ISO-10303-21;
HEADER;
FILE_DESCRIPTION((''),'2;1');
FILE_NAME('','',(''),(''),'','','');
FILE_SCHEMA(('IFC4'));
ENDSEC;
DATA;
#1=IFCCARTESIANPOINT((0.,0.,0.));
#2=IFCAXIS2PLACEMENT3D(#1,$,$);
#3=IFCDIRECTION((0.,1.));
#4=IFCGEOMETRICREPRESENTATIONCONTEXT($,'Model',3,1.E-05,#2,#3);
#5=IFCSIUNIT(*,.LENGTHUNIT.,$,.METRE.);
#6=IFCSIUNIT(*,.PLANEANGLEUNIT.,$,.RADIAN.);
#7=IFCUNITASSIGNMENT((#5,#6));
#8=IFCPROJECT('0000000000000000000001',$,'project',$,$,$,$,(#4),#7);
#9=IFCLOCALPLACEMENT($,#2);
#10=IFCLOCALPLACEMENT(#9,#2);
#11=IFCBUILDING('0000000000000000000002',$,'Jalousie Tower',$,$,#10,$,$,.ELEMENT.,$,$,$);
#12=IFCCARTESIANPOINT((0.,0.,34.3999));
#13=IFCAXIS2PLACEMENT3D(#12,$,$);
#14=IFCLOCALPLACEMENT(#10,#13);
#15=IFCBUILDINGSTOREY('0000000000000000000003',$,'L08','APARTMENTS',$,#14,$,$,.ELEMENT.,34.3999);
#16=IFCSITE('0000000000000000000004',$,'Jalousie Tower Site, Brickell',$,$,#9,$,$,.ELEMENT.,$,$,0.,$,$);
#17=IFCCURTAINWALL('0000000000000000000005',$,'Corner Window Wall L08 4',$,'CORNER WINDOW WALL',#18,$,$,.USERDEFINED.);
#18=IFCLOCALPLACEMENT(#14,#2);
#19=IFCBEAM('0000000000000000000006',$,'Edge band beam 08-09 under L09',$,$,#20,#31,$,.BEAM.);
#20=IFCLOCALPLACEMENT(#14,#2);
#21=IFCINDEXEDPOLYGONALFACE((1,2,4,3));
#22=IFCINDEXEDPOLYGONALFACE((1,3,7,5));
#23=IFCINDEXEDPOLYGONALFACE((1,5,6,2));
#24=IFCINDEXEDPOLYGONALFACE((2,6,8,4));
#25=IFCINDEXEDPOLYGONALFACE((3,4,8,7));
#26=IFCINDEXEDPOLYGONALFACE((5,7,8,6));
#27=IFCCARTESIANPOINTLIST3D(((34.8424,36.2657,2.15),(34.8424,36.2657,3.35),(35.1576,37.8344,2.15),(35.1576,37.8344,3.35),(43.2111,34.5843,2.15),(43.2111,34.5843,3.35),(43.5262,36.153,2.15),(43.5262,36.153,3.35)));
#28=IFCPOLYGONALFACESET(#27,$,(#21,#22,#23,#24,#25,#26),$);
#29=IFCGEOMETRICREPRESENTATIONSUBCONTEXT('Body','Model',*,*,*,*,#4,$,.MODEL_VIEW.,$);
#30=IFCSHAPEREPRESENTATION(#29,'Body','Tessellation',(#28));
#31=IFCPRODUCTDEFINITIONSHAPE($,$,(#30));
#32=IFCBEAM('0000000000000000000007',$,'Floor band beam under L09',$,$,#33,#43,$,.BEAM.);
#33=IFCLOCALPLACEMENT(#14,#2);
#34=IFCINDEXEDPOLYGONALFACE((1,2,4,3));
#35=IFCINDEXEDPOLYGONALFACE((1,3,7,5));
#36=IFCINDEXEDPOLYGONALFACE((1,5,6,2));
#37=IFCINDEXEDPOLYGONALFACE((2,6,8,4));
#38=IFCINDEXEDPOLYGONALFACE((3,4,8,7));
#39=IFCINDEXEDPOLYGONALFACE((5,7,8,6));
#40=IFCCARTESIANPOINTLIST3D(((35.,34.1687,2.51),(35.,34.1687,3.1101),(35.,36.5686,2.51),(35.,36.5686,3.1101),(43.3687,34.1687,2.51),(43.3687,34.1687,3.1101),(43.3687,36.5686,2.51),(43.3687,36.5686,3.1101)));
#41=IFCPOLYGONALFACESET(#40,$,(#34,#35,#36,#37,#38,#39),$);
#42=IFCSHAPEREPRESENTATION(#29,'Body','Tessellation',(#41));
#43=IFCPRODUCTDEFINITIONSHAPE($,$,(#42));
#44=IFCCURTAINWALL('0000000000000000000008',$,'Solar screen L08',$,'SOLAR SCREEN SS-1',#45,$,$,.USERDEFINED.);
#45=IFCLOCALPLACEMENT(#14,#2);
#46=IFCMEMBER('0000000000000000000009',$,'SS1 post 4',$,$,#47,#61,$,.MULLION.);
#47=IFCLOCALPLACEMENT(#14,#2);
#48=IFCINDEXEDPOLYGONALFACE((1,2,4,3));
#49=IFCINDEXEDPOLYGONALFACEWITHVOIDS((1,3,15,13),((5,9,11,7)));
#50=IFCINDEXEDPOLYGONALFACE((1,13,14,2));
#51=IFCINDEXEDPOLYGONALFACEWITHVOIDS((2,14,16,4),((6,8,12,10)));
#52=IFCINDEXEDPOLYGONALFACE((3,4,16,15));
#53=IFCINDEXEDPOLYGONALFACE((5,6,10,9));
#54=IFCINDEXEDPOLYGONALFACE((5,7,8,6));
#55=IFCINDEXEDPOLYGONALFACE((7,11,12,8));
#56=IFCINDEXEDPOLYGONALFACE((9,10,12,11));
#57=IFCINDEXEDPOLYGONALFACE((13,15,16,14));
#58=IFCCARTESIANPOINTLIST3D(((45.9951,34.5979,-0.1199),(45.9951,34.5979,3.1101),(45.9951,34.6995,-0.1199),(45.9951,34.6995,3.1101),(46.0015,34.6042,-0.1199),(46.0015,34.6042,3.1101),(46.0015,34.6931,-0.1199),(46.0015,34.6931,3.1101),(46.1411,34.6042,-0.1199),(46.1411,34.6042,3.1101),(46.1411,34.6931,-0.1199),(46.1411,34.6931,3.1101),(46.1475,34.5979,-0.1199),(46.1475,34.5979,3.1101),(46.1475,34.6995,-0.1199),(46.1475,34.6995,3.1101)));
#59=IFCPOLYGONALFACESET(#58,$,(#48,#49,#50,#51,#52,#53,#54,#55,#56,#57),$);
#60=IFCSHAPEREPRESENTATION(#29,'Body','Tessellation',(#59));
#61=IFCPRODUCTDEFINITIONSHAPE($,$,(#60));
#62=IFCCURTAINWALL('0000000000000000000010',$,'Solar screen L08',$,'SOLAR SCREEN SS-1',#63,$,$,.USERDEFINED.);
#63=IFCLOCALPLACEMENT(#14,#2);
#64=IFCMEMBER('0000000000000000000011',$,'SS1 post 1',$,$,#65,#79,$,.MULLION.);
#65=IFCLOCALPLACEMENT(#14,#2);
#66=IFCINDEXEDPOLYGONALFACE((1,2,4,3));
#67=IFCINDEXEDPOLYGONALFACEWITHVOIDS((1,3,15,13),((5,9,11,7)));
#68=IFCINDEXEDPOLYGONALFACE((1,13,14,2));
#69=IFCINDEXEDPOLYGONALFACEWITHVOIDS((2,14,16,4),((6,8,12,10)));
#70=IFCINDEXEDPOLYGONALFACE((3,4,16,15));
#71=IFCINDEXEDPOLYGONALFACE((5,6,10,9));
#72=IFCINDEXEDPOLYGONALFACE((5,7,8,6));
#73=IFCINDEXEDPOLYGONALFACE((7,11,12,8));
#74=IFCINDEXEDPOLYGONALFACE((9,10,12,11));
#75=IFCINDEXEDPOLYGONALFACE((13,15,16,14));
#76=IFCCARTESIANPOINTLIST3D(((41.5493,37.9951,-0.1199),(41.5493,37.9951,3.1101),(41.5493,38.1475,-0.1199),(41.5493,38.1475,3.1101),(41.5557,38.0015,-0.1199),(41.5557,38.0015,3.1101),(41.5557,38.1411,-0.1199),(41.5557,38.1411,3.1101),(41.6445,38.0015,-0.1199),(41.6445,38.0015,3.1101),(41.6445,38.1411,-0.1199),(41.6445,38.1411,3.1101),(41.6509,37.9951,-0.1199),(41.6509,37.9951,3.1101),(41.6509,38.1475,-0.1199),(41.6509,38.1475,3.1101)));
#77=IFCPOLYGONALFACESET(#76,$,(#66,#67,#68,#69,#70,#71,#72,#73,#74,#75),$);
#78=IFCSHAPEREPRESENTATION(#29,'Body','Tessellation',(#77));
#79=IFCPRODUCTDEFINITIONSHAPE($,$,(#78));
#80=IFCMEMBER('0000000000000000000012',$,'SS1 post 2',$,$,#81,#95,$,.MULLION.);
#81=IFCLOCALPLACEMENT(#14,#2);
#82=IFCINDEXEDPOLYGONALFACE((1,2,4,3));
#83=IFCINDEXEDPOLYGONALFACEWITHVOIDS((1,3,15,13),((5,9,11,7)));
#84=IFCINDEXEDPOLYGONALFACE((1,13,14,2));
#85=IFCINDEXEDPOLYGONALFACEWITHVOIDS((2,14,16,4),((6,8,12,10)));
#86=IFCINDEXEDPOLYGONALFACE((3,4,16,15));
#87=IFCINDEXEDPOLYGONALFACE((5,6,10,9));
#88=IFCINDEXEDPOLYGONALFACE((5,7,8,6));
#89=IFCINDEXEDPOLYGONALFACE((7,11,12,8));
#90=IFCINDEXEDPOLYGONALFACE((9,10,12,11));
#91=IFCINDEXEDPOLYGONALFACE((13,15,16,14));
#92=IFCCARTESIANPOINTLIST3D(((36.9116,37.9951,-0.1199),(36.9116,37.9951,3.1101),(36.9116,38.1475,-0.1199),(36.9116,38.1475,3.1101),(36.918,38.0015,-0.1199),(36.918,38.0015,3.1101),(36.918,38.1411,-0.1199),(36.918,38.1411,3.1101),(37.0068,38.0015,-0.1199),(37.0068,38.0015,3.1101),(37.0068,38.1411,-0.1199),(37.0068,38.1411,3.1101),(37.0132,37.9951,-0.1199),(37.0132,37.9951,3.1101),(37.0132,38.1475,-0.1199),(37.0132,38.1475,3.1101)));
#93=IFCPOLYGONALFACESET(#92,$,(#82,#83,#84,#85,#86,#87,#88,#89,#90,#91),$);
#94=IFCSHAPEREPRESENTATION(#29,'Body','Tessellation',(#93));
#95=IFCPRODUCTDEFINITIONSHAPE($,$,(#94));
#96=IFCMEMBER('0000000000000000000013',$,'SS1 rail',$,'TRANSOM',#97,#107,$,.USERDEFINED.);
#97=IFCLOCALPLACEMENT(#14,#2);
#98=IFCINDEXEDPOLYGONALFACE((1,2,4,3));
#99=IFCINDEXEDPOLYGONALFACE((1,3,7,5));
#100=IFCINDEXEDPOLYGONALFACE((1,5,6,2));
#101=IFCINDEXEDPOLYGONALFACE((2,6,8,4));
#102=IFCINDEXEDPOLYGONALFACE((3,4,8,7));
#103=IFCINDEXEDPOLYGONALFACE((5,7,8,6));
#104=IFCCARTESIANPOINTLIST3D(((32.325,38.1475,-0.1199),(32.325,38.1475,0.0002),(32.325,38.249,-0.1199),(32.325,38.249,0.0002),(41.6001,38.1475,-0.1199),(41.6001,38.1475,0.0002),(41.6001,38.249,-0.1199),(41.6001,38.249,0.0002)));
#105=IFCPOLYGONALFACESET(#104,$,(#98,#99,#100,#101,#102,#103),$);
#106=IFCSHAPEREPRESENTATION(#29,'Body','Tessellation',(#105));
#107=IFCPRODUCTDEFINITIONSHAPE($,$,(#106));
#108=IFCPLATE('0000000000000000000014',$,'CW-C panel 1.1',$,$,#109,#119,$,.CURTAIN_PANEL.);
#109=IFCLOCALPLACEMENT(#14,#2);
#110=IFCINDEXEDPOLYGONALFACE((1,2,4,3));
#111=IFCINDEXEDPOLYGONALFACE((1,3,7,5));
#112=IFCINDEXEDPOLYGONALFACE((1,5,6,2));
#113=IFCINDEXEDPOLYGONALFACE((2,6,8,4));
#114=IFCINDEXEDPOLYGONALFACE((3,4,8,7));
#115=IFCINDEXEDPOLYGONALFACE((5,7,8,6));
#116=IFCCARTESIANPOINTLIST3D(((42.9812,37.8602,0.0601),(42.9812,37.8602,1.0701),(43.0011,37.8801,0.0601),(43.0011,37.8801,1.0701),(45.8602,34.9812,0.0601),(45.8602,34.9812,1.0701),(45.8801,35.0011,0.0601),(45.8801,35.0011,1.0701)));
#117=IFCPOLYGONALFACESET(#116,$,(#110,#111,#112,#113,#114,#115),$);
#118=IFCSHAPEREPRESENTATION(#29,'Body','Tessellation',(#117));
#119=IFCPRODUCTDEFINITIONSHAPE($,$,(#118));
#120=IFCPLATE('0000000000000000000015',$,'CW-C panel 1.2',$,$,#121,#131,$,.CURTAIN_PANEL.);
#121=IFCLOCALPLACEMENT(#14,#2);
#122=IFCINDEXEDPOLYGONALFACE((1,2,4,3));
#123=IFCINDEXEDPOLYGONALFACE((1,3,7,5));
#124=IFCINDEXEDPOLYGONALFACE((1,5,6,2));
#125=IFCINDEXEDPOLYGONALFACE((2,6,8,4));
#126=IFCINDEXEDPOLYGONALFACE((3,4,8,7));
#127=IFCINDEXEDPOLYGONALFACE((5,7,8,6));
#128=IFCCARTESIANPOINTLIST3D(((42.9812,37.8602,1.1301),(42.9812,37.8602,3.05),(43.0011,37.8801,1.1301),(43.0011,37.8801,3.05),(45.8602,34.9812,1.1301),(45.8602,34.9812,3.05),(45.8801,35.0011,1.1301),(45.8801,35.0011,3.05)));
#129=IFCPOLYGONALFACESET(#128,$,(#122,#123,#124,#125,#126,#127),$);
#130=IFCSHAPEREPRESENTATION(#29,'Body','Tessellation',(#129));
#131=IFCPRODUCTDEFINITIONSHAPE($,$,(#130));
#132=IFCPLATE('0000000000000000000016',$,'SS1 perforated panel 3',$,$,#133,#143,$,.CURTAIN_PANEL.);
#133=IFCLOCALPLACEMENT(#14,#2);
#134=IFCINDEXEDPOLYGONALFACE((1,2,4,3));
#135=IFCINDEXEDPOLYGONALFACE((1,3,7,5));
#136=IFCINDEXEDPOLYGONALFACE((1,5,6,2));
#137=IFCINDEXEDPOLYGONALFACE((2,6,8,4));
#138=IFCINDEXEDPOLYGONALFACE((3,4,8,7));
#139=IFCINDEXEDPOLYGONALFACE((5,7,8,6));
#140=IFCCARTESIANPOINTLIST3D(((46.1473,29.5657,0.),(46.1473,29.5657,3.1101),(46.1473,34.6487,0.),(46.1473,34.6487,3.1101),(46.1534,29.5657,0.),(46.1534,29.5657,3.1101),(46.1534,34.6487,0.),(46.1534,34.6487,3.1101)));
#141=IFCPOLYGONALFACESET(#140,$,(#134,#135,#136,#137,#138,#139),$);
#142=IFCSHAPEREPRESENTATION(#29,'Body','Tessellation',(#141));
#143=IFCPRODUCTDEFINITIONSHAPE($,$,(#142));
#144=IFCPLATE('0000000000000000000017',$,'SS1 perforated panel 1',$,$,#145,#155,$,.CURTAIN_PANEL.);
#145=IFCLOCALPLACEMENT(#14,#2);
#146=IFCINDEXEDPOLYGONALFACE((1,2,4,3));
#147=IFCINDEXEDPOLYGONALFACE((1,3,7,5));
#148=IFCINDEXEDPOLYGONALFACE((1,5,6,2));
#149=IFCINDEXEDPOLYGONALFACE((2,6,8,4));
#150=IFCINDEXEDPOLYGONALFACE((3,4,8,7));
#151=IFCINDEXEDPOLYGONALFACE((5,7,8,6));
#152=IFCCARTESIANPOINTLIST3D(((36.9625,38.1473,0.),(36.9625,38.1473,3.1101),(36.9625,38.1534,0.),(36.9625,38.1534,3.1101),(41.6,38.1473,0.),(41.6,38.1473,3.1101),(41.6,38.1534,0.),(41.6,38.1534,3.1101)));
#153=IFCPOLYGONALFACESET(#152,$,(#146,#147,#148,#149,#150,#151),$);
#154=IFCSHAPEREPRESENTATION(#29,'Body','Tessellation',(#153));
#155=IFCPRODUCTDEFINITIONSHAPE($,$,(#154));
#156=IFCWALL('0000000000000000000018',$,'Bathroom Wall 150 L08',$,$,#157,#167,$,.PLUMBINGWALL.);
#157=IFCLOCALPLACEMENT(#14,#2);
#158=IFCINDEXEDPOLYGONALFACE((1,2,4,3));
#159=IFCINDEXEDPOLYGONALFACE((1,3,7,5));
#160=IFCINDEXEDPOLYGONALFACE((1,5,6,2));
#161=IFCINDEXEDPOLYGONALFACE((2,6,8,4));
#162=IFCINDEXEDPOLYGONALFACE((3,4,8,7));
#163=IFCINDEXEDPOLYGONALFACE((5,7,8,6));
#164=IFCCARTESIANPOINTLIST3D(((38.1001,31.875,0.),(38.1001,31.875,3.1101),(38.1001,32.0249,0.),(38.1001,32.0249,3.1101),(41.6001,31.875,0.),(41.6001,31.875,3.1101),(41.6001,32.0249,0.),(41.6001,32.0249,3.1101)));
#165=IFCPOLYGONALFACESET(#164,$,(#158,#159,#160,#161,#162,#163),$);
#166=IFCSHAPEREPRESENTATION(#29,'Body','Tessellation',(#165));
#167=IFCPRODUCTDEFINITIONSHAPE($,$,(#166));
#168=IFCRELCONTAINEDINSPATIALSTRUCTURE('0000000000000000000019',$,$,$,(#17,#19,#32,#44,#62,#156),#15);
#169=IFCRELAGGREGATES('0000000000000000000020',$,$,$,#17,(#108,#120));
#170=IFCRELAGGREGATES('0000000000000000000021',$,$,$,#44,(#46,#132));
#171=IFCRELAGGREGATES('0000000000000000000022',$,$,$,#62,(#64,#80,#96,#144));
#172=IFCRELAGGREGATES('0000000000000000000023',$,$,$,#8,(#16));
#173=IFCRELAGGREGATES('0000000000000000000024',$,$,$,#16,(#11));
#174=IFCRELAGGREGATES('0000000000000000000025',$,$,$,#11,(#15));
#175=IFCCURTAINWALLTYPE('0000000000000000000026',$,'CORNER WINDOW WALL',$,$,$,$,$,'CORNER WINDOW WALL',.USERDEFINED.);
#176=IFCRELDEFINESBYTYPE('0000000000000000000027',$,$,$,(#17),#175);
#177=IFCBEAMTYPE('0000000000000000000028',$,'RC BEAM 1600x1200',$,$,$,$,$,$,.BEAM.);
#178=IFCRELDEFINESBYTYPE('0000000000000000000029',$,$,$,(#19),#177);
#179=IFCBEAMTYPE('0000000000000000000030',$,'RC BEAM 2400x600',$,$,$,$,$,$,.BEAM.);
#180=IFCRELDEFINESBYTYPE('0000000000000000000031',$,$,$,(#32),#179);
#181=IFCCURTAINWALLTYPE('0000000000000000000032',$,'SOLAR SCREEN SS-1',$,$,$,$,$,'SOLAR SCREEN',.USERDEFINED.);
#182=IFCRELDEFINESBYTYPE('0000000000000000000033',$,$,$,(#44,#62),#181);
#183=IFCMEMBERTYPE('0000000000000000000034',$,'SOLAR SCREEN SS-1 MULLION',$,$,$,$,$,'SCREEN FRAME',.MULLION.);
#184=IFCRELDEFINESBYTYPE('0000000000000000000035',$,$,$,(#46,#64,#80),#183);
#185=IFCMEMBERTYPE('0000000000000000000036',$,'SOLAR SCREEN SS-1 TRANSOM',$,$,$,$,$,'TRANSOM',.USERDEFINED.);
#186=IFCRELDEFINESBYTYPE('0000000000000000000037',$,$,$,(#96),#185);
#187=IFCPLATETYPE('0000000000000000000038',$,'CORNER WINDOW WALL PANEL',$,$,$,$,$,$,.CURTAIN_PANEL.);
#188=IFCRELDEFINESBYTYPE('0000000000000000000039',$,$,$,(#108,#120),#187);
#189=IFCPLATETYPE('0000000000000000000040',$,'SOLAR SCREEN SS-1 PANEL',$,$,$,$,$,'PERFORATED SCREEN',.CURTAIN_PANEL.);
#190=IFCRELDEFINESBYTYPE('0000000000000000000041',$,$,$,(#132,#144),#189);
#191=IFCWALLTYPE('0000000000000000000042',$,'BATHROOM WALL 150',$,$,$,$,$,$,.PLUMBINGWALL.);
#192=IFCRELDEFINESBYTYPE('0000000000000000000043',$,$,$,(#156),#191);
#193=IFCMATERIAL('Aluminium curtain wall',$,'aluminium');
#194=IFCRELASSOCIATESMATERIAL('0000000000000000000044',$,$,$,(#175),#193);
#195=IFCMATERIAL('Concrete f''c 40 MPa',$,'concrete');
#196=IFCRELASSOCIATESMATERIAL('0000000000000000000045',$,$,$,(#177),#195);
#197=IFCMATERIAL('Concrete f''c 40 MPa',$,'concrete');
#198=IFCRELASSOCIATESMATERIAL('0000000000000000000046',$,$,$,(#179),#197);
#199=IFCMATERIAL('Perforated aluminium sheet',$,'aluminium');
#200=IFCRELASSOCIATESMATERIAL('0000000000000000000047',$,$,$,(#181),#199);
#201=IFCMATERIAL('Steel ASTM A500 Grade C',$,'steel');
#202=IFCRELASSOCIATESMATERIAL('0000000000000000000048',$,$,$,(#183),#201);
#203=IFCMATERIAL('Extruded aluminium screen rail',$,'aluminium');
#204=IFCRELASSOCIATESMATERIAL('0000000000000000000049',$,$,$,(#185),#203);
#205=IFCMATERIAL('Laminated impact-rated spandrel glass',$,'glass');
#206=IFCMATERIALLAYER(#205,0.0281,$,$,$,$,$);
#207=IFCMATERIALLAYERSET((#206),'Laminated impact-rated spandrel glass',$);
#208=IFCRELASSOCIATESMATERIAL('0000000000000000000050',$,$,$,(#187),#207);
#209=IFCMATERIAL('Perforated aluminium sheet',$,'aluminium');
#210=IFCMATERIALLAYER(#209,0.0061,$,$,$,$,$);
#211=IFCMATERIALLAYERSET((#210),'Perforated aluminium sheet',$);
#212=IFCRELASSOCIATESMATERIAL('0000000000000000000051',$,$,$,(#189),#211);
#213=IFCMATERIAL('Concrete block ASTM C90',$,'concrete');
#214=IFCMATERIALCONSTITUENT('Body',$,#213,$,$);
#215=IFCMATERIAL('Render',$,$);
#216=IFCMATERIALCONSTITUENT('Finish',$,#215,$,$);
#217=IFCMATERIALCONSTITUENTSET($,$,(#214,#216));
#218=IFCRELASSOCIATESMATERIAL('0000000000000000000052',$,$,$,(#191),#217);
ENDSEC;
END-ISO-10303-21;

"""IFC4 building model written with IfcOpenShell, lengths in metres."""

from ifc_helpers import new_model, si_unit, direction, frame, frame_2d, origin, origin_2d, place, context, subcontext, project, spatial, rectangle, hollow_rectangle, extrude, material, layer, layer_set, constituent, constituent_set, material_profile, profile_set, type_object, element, aggregate, save


model = new_model("IFC4")

# Units and contexts
model_context = context("Model", 3, precision=1e-05, world=origin(), true_north=direction((0.0, 1.0)))
body_context = subcontext(model_context, "Body", "Model", "MODEL_VIEW")
ifc_project = project(units=[si_unit("LENGTHUNIT", "METRE"), si_unit("PLANEANGLEUNIT", "RADIAN")], contexts=[model_context])

# Site, building, storey
site_placement = place(None, origin())
site = spatial("IfcSite", under=ifc_project, at=site_placement, Name="Jalousie Tower Site, Brickell", CompositionType="ELEMENT", RefElevation=0.0)
building_placement = place(site_placement, origin())
building = spatial("IfcBuilding", under=site, at=building_placement, Name="Jalousie Tower", CompositionType="ELEMENT")
storey_placement = place(building_placement, frame((0.0, 0.0, 34.3999)))
storey = spatial("IfcBuildingStorey", under=building, at=storey_placement, Name="L08", Description="APARTMENTS", CompositionType="ELEMENT", Elevation=34.3999)

# Curtain wall
ifc_material_1 = material(Name="Aluminium curtain wall", Category="aluminium")
curtain_wall_type_1 = type_object("IfcCurtainWallType", Name="CORNER WINDOW WALL", ElementType="CORNER WINDOW WALL", PredefinedType="USERDEFINED", material=ifc_material_1)
curtain_wall_1_placement = place(storey_placement, origin())
curtain_wall_1 = element("IfcCurtainWall", 1, at=curtain_wall_1_placement, inside=storey, type_object=curtain_wall_type_1, Name="Corner Window Wall L08 4", ObjectType="CORNER WINDOW WALL", PredefinedType="USERDEFINED")

# Beams
ifc_material_2 = material(Name="Concrete f'c 40 MPa", Category="concrete")
ifc_material_profile_1 = material_profile(ifc_material_2, rectangle(XDim=1.6001, YDim=1.2, at=origin_2d()), Name="RC 1600x1200")
ifc_profile_set_1 = profile_set([ifc_material_profile_1], Name="Concrete f'c 40 MPa")
beam_type_1 = type_object("IfcBeamType", Name="RC BEAM 1600x1200", PredefinedType="BEAM", material=ifc_profile_set_1)
beam_1_placement = place(storey_placement, frame((43.3687, 35.3687, 2.75), z_axis=(-0.980408, 0.19698, 0.0), x_axis=(-0.19698, -0.980408, 0.0)))
element("IfcBeam", 2, at=beam_1_placement, inside=storey, type_object=beam_type_1, Name="Edge band beam 08-09 under L09", PredefinedType="BEAM", context=body_context, shape_type="SweptSolid", body=[
    extrude(rectangle(XDim=1.6001, YDim=1.2, at=origin_2d()), origin(), (0.0, 0.0, 1.0), 8.5359),
])
ifc_material_3 = material(Name="Concrete f'c 40 MPa", Category="concrete")
ifc_material_profile_2 = material_profile(ifc_material_3, rectangle(XDim=2.3999, YDim=0.6001, at=origin_2d()), Name="RC 2400x600")
ifc_profile_set_2 = profile_set([ifc_material_profile_2], Name="Concrete f'c 40 MPa")
beam_type_2 = type_object("IfcBeamType", Name="RC BEAM 2400x600", PredefinedType="BEAM", material=ifc_profile_set_2)
beam_2_placement = place(storey_placement, frame((43.3687, 35.3687, 2.8101), z_axis=(-1.0, 0.0, 0.0), x_axis=(0.0, -1.0, 0.0)))
element("IfcBeam", 3, at=beam_2_placement, inside=storey, type_object=beam_type_2, Name="Floor band beam under L09", PredefinedType="BEAM", context=body_context, shape_type="SweptSolid", body=[
    extrude(rectangle(XDim=2.3999, YDim=0.6001, at=origin_2d()), origin(), (0.0, 0.0, 1.0), 8.3687),
])

# Curtain wall, member
ifc_material_4 = material(Name="Perforated aluminium sheet", Category="aluminium")
curtain_wall_type_2 = type_object("IfcCurtainWallType", Name="SOLAR SCREEN SS-1", ElementType="SOLAR SCREEN", PredefinedType="USERDEFINED", material=ifc_material_4)
curtain_wall_2_placement = place(storey_placement, origin())
curtain_wall_2 = element("IfcCurtainWall", 4, at=curtain_wall_2_placement, inside=storey, type_object=curtain_wall_type_2, Name="Solar screen L08", ObjectType="SOLAR SCREEN SS-1", PredefinedType="USERDEFINED")
ifc_material_5 = material(Name="Steel ASTM A500 Grade C", Category="steel")
ifc_material_profile_3 = material_profile(ifc_material_5, hollow_rectangle(XDim=0.1016, YDim=0.1523, WallThickness=0.0063, at=origin_2d()), Name="HSS6X4X1/4")
ifc_profile_set_3 = profile_set([ifc_material_profile_3], Name="Steel ASTM A500 Grade C")
member_type_1 = type_object("IfcMemberType", Name="SOLAR SCREEN SS-1 MULLION", ElementType="SCREEN FRAME", PredefinedType="MULLION", material=ifc_profile_set_3)
member_1_placement = place(storey_placement, frame((46.0713, 34.6487, -0.1199), z_axis=(0.0, 0.0, 1.0), x_axis=(0.0, 1.0, 0.0)))
member_1 = element("IfcMember", 5, at=member_1_placement, type_object=member_type_1, Name="SS1 post 4", PredefinedType="MULLION", context=body_context, shape_type="SweptSolid", body=[
    extrude(hollow_rectangle(XDim=0.1016, YDim=0.1523, WallThickness=0.0063, at=origin_2d()), origin(), (0.0, 0.0, 1.0), 3.23),
])

# Curtain wall, members
curtain_wall_3_placement = place(storey_placement, origin())
curtain_wall_3 = element("IfcCurtainWall", 6, at=curtain_wall_3_placement, inside=storey, type_object=curtain_wall_type_2, Name="Solar screen L08", ObjectType="SOLAR SCREEN SS-1", PredefinedType="USERDEFINED")
member_2_placement = place(storey_placement, frame((41.6001, 38.0713, -0.1199), z_axis=(0.0, 0.0, 1.0), x_axis=(-1.0, 0.0, 0.0)))
member_2 = element("IfcMember", 7, at=member_2_placement, type_object=member_type_1, Name="SS1 post 1", PredefinedType="MULLION", context=body_context, shape_type="SweptSolid", body=[
    extrude(hollow_rectangle(XDim=0.1016, YDim=0.1523, WallThickness=0.0063, at=origin_2d()), origin(), (0.0, 0.0, 1.0), 3.23),
])
member_3_placement = place(storey_placement, frame((36.9624, 38.0713, -0.1199), z_axis=(0.0, 0.0, 1.0), x_axis=(-1.0, 0.0, 0.0)))
member_3 = element("IfcMember", 8, at=member_3_placement, type_object=member_type_1, Name="SS1 post 2", PredefinedType="MULLION", context=body_context, shape_type="SweptSolid", body=[
    extrude(hollow_rectangle(XDim=0.1016, YDim=0.1523, WallThickness=0.0063, at=origin_2d()), origin(), (0.0, 0.0, 1.0), 3.23),
])
ifc_material_6 = material(Name="Extruded aluminium screen rail", Category="aluminium")
ifc_material_profile_4 = material_profile(ifc_material_6, rectangle(XDim=0.1016, YDim=0.1201, at=origin_2d()), Name="RAIL 102x120")
ifc_profile_set_4 = profile_set([ifc_material_profile_4], Name="Extruded aluminium screen rail")
member_type_2 = type_object("IfcMemberType", Name="SOLAR SCREEN SS-1 TRANSOM", ElementType="TRANSOM", PredefinedType="USERDEFINED", material=ifc_profile_set_4)
member_4_placement = place(storey_placement, frame((41.6001, 38.1982, -0.0598), z_axis=(-1.0, 0.0, 0.0), x_axis=(0.0, -1.0, 0.0)))
member_4 = element("IfcMember", 9, at=member_4_placement, type_object=member_type_2, Name="SS1 rail", ObjectType="TRANSOM", PredefinedType="USERDEFINED", context=body_context, shape_type="SweptSolid", body=[
    extrude(rectangle(XDim=0.1016, YDim=0.1201, at=origin_2d()), origin(), (0.0, 0.0, 1.0), 9.2751),
])

# Plates
ifc_material_7 = material(Name="Laminated impact-rated spandrel glass", Category="glass")
ifc_layer_1 = layer(ifc_material_7, 0.0281)
ifc_layer_set_1 = layer_set([ifc_layer_1], Name="Laminated impact-rated spandrel glass")
plate_type_1 = type_object("IfcPlateType", Name="CORNER WINDOW WALL PANEL", PredefinedType="CURTAIN_PANEL", material=ifc_layer_set_1)
plate_1_placement = place(storey_placement, frame((44.4307, 36.4307, 0.0601), z_axis=(0.0, 0.0, 1.0), x_axis=(-0.707107, 0.707107, 0.0)))
plate_1 = element("IfcPlate", 10, at=plate_1_placement, type_object=plate_type_1, Name="CW-C panel 1.1", PredefinedType="CURTAIN_PANEL", context=body_context, shape_type="SweptSolid", body=[
    extrude(rectangle(XDim=4.0715, YDim=0.0281, at=origin_2d()), origin(), (0.0, 0.0, 1.0), 1.01),
])
plate_2_placement = place(storey_placement, frame((44.4307, 36.4307, 1.1301), z_axis=(0.0, 0.0, 1.0), x_axis=(-0.707107, 0.707107, 0.0)))
plate_2 = element("IfcPlate", 11, at=plate_2_placement, type_object=plate_type_1, Name="CW-C panel 1.2", PredefinedType="CURTAIN_PANEL", context=body_context, shape_type="SweptSolid", body=[
    extrude(rectangle(XDim=4.0715, YDim=0.0281, at=origin_2d()), origin(), (0.0, 0.0, 1.0), 1.9199),
])
aggregate(curtain_wall_1, [plate_1, plate_2])
ifc_material_8 = material(Name="Perforated aluminium sheet", Category="aluminium")
ifc_layer_2 = layer(ifc_material_8, 0.0061)
ifc_layer_set_2 = layer_set([ifc_layer_2], Name="Perforated aluminium sheet")
plate_type_2 = type_object("IfcPlateType", Name="SOLAR SCREEN SS-1 PANEL", ElementType="PERFORATED SCREEN", PredefinedType="CURTAIN_PANEL", material=ifc_layer_set_2)
plate_3_placement = place(storey_placement, frame((46.1504, 32.1072, 0.0), z_axis=(0.0, 0.0, 1.0), x_axis=(0.0, 1.0, 0.0)))
plate_3 = element("IfcPlate", 12, at=plate_3_placement, type_object=plate_type_2, Name="SS1 perforated panel 3", PredefinedType="CURTAIN_PANEL", context=body_context, shape_type="SweptSolid", body=[
    extrude(rectangle(XDim=5.083, YDim=0.0061, at=origin_2d()), origin(), (0.0, 0.0, 1.0), 3.1101),
])
aggregate(curtain_wall_2, [member_1, plate_3])
plate_4_placement = place(storey_placement, frame((39.2812, 38.1504, 0.0), z_axis=(0.0, 0.0, 1.0), x_axis=(-1.0, 0.0, 0.0)))
plate_4 = element("IfcPlate", 13, at=plate_4_placement, type_object=plate_type_2, Name="SS1 perforated panel 1", PredefinedType="CURTAIN_PANEL", context=body_context, shape_type="SweptSolid", body=[
    extrude(rectangle(XDim=4.6375, YDim=0.0061, at=origin_2d()), origin(), (0.0, 0.0, 1.0), 3.1101),
])
aggregate(curtain_wall_3, [member_2, member_3, member_4, plate_4])

# Wall
ifc_material_9 = material(Name="Concrete block ASTM C90", Category="concrete")
ifc_constituent_1 = constituent(ifc_material_9, Name="Body")
ifc_material_10 = material(Name="Render")
ifc_constituent_2 = constituent(ifc_material_10, Name="Finish")
ifc_constituent_set_1 = constituent_set(constituents=[ifc_constituent_1, ifc_constituent_2])
wall_type_1 = type_object("IfcWallType", Name="BATHROOM WALL 150", PredefinedType="PLUMBINGWALL", material=ifc_constituent_set_1)
wall_1_placement = place(storey_placement, frame((38.1001, 31.95, 0.0), z_axis=(0.0, 0.0, 1.0), x_axis=(1.0, 0.0, 0.0)))
element("IfcWall", 14, at=wall_1_placement, inside=storey, type_object=wall_type_1, Name="Bathroom Wall 150 L08", PredefinedType="PLUMBINGWALL", context=body_context, shape_type="SweptSolid", body=[
    extrude(rectangle(XDim=3.5, YDim=0.1499, at=frame_2d((1.75, 0.0))), origin(), (0.0, 0.0, 1.0), 3.1101),
])

save(model, "model.ifc")
